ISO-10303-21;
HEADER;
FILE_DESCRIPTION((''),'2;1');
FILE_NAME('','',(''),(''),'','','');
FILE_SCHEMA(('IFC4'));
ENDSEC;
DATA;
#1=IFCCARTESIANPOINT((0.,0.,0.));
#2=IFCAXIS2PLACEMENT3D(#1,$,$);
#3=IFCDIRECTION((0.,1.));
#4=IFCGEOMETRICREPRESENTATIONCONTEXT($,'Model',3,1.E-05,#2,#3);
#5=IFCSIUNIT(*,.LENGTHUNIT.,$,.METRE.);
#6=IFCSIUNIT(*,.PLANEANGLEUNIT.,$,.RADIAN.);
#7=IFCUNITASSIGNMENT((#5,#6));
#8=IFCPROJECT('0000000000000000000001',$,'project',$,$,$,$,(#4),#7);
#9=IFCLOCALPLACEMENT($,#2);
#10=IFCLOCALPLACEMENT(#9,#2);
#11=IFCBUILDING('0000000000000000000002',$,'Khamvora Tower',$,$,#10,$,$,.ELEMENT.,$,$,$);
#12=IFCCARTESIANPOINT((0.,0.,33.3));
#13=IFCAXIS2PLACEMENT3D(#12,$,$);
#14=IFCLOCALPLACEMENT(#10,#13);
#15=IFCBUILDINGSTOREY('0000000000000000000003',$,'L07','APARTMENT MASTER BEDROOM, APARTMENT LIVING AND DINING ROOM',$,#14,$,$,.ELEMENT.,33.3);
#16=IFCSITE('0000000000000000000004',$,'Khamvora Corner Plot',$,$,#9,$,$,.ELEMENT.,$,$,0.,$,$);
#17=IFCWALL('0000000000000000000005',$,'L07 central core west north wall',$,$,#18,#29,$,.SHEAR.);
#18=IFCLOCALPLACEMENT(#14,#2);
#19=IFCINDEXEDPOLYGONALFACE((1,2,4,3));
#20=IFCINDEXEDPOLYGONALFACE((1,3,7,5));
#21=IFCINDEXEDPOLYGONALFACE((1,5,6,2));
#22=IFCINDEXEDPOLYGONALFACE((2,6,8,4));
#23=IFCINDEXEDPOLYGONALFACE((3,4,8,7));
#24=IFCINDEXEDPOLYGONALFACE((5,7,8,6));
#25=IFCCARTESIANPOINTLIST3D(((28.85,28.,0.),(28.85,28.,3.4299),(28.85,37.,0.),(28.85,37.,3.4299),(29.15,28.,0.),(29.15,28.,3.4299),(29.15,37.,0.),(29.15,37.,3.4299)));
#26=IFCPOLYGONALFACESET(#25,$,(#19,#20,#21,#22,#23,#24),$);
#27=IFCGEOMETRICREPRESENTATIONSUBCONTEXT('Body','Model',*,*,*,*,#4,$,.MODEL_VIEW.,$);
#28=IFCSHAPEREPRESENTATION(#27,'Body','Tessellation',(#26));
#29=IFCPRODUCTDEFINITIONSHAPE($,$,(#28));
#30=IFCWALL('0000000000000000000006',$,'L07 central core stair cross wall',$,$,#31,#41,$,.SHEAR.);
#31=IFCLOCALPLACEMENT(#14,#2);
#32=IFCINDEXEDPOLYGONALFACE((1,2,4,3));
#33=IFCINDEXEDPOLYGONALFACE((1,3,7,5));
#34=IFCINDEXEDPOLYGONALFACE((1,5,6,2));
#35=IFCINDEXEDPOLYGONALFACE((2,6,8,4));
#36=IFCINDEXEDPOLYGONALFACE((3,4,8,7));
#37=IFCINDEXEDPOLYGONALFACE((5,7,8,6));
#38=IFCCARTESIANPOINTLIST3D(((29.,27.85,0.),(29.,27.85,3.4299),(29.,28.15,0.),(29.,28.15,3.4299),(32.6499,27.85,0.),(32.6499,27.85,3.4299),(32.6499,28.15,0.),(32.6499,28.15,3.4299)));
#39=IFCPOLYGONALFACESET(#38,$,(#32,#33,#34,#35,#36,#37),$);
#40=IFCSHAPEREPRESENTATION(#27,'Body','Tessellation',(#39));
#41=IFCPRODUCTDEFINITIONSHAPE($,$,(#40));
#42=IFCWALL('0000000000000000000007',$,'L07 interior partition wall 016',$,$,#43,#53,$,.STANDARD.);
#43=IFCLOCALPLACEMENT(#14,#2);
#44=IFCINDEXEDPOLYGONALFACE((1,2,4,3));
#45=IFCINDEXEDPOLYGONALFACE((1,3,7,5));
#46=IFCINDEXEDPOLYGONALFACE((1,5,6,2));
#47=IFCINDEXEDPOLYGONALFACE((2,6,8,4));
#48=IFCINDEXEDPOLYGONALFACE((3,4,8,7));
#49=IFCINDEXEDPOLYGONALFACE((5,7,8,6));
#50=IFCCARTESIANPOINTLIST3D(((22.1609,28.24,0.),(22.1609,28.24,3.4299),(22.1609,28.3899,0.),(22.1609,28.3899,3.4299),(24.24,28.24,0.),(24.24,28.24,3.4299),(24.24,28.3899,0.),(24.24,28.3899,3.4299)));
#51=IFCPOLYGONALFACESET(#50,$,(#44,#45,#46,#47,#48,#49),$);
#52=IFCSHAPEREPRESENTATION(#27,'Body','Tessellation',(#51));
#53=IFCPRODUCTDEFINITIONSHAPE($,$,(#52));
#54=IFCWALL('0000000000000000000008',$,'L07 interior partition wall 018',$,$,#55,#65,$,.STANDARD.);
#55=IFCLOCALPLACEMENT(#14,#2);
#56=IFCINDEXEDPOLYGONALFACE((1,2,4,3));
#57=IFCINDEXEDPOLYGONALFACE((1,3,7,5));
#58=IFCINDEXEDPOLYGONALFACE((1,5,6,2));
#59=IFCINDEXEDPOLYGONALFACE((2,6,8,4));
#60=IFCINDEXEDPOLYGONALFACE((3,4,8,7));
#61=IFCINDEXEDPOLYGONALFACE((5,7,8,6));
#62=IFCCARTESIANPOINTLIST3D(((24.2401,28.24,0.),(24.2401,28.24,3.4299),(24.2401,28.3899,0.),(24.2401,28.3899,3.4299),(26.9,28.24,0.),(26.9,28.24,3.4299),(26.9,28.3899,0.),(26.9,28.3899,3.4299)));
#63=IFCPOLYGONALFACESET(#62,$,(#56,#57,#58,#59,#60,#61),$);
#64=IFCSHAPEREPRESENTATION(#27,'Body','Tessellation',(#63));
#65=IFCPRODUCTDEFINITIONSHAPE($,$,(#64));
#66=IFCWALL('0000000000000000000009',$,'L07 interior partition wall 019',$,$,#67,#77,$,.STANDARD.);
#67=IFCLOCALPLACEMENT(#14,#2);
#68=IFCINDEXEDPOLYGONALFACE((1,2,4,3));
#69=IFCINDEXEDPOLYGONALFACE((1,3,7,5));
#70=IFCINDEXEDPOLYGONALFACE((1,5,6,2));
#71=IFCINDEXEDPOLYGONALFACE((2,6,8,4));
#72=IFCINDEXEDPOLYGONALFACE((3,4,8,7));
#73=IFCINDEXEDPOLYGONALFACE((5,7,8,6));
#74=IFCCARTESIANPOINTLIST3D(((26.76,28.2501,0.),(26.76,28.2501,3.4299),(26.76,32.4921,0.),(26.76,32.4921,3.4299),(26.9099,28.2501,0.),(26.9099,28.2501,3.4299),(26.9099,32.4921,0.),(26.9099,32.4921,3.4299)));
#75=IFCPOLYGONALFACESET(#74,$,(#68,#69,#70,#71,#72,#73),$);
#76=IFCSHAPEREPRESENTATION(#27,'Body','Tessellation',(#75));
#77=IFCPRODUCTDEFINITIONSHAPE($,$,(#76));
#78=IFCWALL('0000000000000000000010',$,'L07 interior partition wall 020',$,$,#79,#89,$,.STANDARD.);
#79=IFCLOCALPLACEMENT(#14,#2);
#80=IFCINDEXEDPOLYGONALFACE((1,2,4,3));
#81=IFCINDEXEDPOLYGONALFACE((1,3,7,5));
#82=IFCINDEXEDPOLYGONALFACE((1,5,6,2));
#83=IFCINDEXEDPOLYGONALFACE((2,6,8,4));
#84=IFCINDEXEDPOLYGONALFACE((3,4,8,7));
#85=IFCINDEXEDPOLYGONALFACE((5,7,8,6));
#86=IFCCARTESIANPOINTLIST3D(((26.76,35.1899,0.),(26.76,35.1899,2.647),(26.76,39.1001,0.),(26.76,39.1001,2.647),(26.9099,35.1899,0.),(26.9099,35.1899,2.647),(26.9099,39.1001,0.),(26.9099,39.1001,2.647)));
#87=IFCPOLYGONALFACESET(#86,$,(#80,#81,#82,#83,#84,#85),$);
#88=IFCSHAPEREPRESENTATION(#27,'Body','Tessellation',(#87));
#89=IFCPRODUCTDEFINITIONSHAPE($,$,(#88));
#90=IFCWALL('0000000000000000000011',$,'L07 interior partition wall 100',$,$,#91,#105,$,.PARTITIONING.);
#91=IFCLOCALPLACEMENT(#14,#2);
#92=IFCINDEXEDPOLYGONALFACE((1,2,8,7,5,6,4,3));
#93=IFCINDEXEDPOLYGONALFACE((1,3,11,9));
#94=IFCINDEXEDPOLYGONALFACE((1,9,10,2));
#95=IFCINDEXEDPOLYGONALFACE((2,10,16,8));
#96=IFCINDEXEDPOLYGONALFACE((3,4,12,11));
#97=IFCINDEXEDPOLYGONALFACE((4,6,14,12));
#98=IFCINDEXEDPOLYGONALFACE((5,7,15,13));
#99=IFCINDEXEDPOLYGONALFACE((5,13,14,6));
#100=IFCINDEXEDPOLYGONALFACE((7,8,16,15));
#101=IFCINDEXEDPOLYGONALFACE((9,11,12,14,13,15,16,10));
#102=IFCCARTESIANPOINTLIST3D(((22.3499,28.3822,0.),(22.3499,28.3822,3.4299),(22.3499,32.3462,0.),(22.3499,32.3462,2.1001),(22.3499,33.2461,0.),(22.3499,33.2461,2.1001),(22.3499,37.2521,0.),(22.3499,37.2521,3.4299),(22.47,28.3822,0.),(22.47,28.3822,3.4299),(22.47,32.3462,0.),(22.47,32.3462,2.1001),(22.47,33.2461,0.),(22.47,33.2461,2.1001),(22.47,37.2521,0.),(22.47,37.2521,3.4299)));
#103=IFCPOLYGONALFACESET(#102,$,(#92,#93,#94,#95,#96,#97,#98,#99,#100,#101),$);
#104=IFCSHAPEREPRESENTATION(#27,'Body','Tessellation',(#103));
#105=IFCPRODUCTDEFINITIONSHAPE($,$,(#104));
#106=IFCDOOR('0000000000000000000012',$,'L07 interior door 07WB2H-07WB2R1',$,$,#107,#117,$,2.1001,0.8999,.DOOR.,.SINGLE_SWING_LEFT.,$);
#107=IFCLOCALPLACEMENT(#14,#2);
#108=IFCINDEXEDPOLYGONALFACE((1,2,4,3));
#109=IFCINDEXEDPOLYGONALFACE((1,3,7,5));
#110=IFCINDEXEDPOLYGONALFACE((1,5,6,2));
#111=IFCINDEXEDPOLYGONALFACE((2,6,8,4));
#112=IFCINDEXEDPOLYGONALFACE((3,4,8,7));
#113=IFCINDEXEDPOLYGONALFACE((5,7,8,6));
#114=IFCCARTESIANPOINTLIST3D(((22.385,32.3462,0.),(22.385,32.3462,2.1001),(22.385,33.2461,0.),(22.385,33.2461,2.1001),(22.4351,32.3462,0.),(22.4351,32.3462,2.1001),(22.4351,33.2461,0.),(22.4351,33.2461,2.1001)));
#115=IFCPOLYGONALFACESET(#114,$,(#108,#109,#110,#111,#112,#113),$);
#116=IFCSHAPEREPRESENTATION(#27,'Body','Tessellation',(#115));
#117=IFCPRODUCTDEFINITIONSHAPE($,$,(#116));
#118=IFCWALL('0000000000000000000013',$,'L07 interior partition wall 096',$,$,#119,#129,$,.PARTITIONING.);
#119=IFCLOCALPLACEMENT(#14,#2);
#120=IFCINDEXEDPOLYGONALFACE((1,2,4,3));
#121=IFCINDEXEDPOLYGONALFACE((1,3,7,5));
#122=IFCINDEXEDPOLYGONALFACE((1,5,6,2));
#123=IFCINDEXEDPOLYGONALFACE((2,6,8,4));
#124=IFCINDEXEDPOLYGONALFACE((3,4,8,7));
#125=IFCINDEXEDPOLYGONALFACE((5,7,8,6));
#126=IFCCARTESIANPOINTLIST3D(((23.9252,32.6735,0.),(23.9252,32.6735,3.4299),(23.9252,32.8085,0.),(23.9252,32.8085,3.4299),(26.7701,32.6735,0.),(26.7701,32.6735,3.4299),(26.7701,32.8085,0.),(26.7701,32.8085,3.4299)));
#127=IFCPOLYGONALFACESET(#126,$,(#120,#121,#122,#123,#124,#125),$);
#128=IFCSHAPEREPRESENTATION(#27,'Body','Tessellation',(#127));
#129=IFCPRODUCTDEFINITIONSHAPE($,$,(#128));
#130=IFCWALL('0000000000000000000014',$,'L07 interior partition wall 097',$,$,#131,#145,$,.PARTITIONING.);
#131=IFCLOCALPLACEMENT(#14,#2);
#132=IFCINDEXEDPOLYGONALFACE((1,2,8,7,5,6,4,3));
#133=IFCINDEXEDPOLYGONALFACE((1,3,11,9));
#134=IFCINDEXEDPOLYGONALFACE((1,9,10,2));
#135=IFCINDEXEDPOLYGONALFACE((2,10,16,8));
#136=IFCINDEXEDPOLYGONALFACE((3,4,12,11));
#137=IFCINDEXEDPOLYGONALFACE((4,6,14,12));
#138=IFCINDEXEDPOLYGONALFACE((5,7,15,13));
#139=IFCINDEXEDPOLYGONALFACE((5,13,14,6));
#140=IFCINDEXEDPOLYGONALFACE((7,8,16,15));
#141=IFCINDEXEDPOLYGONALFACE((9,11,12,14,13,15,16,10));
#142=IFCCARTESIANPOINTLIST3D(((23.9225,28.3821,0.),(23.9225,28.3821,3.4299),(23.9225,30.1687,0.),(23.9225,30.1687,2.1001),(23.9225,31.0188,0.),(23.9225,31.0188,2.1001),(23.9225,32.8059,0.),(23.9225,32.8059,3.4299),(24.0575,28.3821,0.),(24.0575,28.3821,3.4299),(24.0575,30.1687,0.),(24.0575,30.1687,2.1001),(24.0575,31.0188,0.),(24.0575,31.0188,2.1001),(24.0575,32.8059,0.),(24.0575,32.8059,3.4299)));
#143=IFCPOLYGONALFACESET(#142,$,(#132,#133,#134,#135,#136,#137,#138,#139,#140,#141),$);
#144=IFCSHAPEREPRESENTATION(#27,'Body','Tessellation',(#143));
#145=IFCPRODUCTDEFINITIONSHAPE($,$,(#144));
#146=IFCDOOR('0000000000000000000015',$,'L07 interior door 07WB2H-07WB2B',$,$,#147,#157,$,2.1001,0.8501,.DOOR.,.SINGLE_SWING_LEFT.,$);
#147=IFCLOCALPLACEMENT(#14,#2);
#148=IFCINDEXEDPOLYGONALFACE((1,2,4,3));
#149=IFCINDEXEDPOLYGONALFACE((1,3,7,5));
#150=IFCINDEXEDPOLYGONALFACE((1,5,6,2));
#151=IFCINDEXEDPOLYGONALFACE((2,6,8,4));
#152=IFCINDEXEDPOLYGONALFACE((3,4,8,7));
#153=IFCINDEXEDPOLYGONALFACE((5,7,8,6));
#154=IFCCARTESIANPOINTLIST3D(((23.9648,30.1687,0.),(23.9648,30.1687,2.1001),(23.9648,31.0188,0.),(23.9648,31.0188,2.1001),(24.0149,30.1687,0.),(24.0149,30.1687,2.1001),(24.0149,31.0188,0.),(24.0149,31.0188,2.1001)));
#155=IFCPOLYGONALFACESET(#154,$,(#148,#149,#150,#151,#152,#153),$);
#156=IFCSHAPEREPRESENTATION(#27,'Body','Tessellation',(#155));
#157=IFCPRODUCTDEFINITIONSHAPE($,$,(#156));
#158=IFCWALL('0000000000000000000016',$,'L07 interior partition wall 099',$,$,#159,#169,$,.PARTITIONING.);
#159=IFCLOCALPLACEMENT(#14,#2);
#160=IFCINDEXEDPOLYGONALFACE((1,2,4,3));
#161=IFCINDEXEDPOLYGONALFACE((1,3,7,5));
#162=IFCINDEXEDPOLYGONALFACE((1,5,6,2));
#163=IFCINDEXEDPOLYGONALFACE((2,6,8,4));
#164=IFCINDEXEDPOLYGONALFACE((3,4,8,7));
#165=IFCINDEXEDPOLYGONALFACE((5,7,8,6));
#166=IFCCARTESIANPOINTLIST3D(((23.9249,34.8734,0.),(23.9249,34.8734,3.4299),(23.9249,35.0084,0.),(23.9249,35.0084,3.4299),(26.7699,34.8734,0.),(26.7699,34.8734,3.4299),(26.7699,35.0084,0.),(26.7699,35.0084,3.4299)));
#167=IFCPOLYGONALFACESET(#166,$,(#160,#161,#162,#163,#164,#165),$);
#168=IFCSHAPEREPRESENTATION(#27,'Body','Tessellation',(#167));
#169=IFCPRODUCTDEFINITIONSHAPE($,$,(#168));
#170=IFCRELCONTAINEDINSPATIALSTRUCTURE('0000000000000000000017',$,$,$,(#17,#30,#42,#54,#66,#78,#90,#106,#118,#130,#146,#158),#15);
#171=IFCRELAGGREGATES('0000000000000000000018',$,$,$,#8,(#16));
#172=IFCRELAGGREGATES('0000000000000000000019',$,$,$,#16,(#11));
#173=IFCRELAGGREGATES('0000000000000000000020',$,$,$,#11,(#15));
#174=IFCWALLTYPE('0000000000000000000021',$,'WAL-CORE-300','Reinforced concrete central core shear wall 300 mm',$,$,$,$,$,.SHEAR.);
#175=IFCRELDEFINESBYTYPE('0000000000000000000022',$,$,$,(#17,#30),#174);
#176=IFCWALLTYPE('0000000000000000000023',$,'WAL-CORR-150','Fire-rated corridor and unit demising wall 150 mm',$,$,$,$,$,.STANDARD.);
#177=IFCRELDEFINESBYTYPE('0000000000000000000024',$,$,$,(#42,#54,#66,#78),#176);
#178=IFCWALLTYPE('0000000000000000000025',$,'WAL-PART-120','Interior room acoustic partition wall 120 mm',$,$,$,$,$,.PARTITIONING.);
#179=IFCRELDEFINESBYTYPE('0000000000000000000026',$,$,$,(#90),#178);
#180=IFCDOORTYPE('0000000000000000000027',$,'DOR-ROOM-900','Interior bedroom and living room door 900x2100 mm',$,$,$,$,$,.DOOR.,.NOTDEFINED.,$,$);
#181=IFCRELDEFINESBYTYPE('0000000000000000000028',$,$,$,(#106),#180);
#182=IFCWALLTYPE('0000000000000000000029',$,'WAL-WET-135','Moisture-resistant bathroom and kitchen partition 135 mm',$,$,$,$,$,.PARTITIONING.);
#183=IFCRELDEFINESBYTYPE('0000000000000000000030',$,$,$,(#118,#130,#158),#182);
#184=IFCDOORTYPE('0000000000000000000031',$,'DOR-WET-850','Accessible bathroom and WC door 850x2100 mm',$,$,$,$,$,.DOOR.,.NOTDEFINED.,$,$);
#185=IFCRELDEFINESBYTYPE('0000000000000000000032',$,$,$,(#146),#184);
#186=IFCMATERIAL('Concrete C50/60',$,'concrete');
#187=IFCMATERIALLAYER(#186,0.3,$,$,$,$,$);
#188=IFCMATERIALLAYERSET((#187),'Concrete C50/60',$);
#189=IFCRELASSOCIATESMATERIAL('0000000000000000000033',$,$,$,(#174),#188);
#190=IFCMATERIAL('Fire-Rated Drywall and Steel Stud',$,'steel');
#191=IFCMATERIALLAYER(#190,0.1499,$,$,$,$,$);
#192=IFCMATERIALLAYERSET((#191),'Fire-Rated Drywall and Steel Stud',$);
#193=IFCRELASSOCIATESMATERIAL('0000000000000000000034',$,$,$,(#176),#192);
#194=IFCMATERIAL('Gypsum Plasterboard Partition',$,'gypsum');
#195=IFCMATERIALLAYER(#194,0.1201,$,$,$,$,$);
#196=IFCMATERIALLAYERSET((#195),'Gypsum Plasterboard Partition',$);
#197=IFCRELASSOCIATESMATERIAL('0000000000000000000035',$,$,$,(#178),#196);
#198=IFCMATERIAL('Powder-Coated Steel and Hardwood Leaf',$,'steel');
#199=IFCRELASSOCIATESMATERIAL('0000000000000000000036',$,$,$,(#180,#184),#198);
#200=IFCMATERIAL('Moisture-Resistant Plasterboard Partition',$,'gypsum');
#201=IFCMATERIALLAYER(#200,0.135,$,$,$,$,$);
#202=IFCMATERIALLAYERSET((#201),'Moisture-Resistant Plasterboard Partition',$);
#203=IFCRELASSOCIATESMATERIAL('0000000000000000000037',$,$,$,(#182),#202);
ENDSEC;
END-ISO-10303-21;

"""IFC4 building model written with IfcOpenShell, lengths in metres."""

from ifc_helpers import new_model, si_unit, direction, frame, frame_2d, origin, place, context, subcontext, project, spatial, rectangle, extrude, material, layer, layer_set, type_object, element, fill, save


model = new_model("IFC4")

# Units and contexts
model_context = context("Model", 3, precision=1e-05, world=origin(), true_north=direction((0.0, 1.0)))
body_context = subcontext(model_context, "Body", "Model", "MODEL_VIEW")
ifc_project = project(units=[si_unit("LENGTHUNIT", "METRE"), si_unit("PLANEANGLEUNIT", "RADIAN")], contexts=[model_context])

# Site, building, storey
site_placement = place(None, origin())
site = spatial("IfcSite", under=ifc_project, at=site_placement, Name="Khamvora Corner Plot", CompositionType="ELEMENT", RefElevation=0.0)
building_placement = place(site_placement, origin())
building = spatial("IfcBuilding", under=site, at=building_placement, Name="Khamvora Tower", CompositionType="ELEMENT")
storey_placement = place(building_placement, frame((0.0, 0.0, 33.3)))
storey = spatial("IfcBuildingStorey", under=building, at=storey_placement, Name="L07", Description="APARTMENT MASTER BEDROOM, APARTMENT LIVING AND DINING ROOM", CompositionType="ELEMENT", Elevation=33.3)

# Walls
ifc_material_1 = material(Name="Concrete C50/60", Category="concrete")
ifc_layer_1 = layer(ifc_material_1, 0.3)
ifc_layer_set_1 = layer_set([ifc_layer_1], Name="Concrete C50/60")
wall_type_1 = type_object("IfcWallType", Name="WAL-CORE-300", Description="Reinforced concrete central core shear wall 300 mm", PredefinedType="SHEAR", material=ifc_layer_set_1)
wall_1_placement = place(storey_placement, frame((29.0, 28.0, 0.0), z_axis=(0.0, 0.0, 1.0), x_axis=(0.0, 1.0, 0.0)))
element("IfcWall", 1, at=wall_1_placement, inside=storey, type_object=wall_type_1, Name="L07 central core west north wall", PredefinedType="SHEAR", context=body_context, shape_type="SweptSolid", body=[
    extrude(rectangle(XDim=9.0, YDim=0.3, at=frame_2d((4.5, 0.0))), origin(), (0.0, 0.0, 1.0), 3.4299),
])
wall_2_placement = place(storey_placement, frame((29.0, 28.0, 0.0), z_axis=(0.0, 0.0, 1.0), x_axis=(1.0, 0.0, 0.0)))
element("IfcWall", 2, at=wall_2_placement, inside=storey, type_object=wall_type_1, Name="L07 central core stair cross wall", PredefinedType="SHEAR", context=body_context, shape_type="SweptSolid", body=[
    extrude(rectangle(XDim=3.6499, YDim=0.3, at=frame_2d((1.825, 0.0))), origin(), (0.0, 0.0, 1.0), 3.4299),
])
ifc_material_2 = material(Name="Fire-Rated Drywall and Steel Stud", Category="steel")
ifc_layer_2 = layer(ifc_material_2, 0.1499)
ifc_layer_set_2 = layer_set([ifc_layer_2], Name="Fire-Rated Drywall and Steel Stud")
wall_type_2 = type_object("IfcWallType", Name="WAL-CORR-150", Description="Fire-rated corridor and unit demising wall 150 mm", PredefinedType="STANDARD", material=ifc_layer_set_2)
wall_3_placement = place(storey_placement, frame((22.1609, 28.3149, 0.0), z_axis=(0.0, 0.0, 1.0), x_axis=(1.0, 0.0, 0.0)))
element("IfcWall", 3, at=wall_3_placement, inside=storey, type_object=wall_type_2, Name="L07 interior partition wall 016", PredefinedType="STANDARD", context=body_context, shape_type="SweptSolid", body=[
    extrude(rectangle(XDim=2.0791, YDim=0.1499, at=frame_2d((1.0396, 0.0))), origin(), (0.0, 0.0, 1.0), 3.4299),
])

# Shared definitions
ifc_material_3 = material(Name="Powder-Coated Steel and Hardwood Leaf", Category="steel")

# Walls
wall_4_placement = place(storey_placement, frame((24.24, 28.3149, 0.0), z_axis=(0.0, 0.0, 1.0), x_axis=(1.0, 0.0, 0.0)))
element("IfcWall", 4, at=wall_4_placement, inside=storey, type_object=wall_type_2, Name="L07 interior partition wall 018", PredefinedType="STANDARD", context=body_context, shape_type="SweptSolid", body=[
    extrude(rectangle(XDim=2.6599, YDim=0.1499, at=frame_2d((1.3301, 0.0))), origin(), (0.0, 0.0, 1.0), 3.4299),
])
wall_5_placement = place(storey_placement, frame((26.835, 28.25, 0.0), z_axis=(0.0, 0.0, 1.0), x_axis=(0.0, 1.0, 0.0)))
element("IfcWall", 5, at=wall_5_placement, inside=storey, type_object=wall_type_2, Name="L07 interior partition wall 019", PredefinedType="STANDARD", context=body_context, shape_type="SweptSolid", body=[
    extrude(rectangle(XDim=4.2419, YDim=0.1499, at=frame_2d((2.1211, 0.0))), origin(), (0.0, 0.0, 1.0), 3.4299),
])
wall_6_placement = place(storey_placement, frame((26.835, 35.1899, 0.0), z_axis=(0.0, 0.0, 1.0), x_axis=(0.0, 1.0, 0.0)))
element("IfcWall", 6, at=wall_6_placement, inside=storey, type_object=wall_type_2, Name="L07 interior partition wall 020", PredefinedType="STANDARD", context=body_context, shape_type="SweptSolid", body=[
    extrude(rectangle(XDim=3.9102, YDim=0.1499, at=frame_2d((1.9551, 0.0))), origin(), (0.0, 0.0, 1.0), 2.647),
])

# Wall, opening, door
ifc_material_4 = material(Name="Gypsum Plasterboard Partition", Category="gypsum")
ifc_layer_3 = layer(ifc_material_4, 0.1201)
ifc_layer_set_3 = layer_set([ifc_layer_3], Name="Gypsum Plasterboard Partition")
wall_type_3 = type_object("IfcWallType", Name="WAL-PART-120", Description="Interior room acoustic partition wall 120 mm", PredefinedType="PARTITIONING", material=ifc_layer_set_3)
wall_7_placement = place(storey_placement, frame((22.4099, 28.3821, 0.0), z_axis=(0.0, 0.0, 1.0), x_axis=(0.0, 1.0, 0.0)))
wall_7 = element("IfcWall", 7, at=wall_7_placement, inside=storey, type_object=wall_type_3, Name="L07 interior partition wall 100", PredefinedType="PARTITIONING", context=body_context, shape_type="SweptSolid", body=[
    extrude(rectangle(XDim=8.8699, YDim=0.1201, at=frame_2d((4.4351, 0.0))), origin(), (0.0, 0.0, 1.0), 3.4299),
])
opening_1_placement = place(wall_7_placement, frame((3.9641, 0.0, 0.0)))
opening_1 = element("IfcOpeningElement", 8, at=opening_1_placement, cuts=wall_7, PredefinedType="OPENING", context=body_context, shape_type="SweptSolid", body=[
    extrude(rectangle(XDim=0.8999, YDim=2.1001, at=frame_2d((0.45, 1.05))), frame((0.0, 0.0701, 0.0), z_axis=(0.0, -1.0, 0.0), x_axis=(1.0, 0.0, 0.0)), (0.0, 0.0, 1.0), 0.1401),
])
door_type_1 = type_object("IfcDoorType", Name="DOR-ROOM-900", Description="Interior bedroom and living room door 900x2100 mm", OperationType="NOTDEFINED", PredefinedType="DOOR", material=ifc_material_3)
door_1_placement = place(opening_1_placement, origin())
door_1 = element("IfcDoor", 9, at=door_1_placement, inside=storey, type_object=door_type_1, Name="L07 interior door 07WB2H-07WB2R1", OperationType="SINGLE_SWING_LEFT", OverallHeight=2.1001, OverallWidth=0.8999, PredefinedType="DOOR", context=body_context, shape_type="SweptSolid", body=[
    extrude(rectangle(XDim=0.8999, YDim=2.1001, at=frame_2d((0.45, 1.05))), frame((0.0, 0.0249, 0.0), z_axis=(0.0, -1.0, 0.0), x_axis=(1.0, 0.0, 0.0)), (0.0, 0.0, 1.0), 0.05),
])
fill(opening_1, door_1)

# Wall
ifc_material_5 = material(Name="Moisture-Resistant Plasterboard Partition", Category="gypsum")
ifc_layer_4 = layer(ifc_material_5, 0.135)
ifc_layer_set_4 = layer_set([ifc_layer_4], Name="Moisture-Resistant Plasterboard Partition")
wall_type_4 = type_object("IfcWallType", Name="WAL-WET-135", Description="Moisture-resistant bathroom and kitchen partition 135 mm", PredefinedType="PARTITIONING", material=ifc_layer_set_4)
wall_8_placement = place(storey_placement, frame((26.77, 32.741, 0.0), z_axis=(0.0, 0.0, 1.0), x_axis=(-1.0, 0.0, 0.0)))
element("IfcWall", 10, at=wall_8_placement, inside=storey, type_object=wall_type_4, Name="L07 interior partition wall 096", PredefinedType="PARTITIONING", context=body_context, shape_type="SweptSolid", body=[
    extrude(rectangle(XDim=2.845, YDim=0.135, at=frame_2d((1.4224, 0.0))), origin(), (0.0, 0.0, 1.0), 3.4299),
])

# Wall, opening, door
wall_9_placement = place(storey_placement, frame((23.99, 32.8059, 0.0), z_axis=(0.0, 0.0, 1.0), x_axis=(0.0, -1.0, 0.0)))
wall_9 = element("IfcWall", 11, at=wall_9_placement, inside=storey, type_object=wall_type_4, Name="L07 interior partition wall 097", PredefinedType="PARTITIONING", context=body_context, shape_type="SweptSolid", body=[
    extrude(rectangle(XDim=4.4238, YDim=0.135, at=frame_2d((2.2119, 0.0))), origin(), (0.0, 0.0, 1.0), 3.4299),
])
opening_2_placement = place(wall_9_placement, frame((1.7871, 0.0, 0.0)))
opening_2 = element("IfcOpeningElement", 12, at=opening_2_placement, cuts=wall_9, PredefinedType="OPENING", context=body_context, shape_type="SweptSolid", body=[
    extrude(rectangle(XDim=0.8501, YDim=2.1001, at=frame_2d((0.425, 1.05))), frame((0.0, 0.0774, 0.0), z_axis=(0.0, -1.0, 0.0), x_axis=(1.0, 0.0, 0.0)), (0.0, 0.0, 1.0), 0.155),
])
door_type_2 = type_object("IfcDoorType", Name="DOR-WET-850", Description="Accessible bathroom and WC door 850x2100 mm", OperationType="NOTDEFINED", PredefinedType="DOOR", material=ifc_material_3)
door_2_placement = place(opening_2_placement, origin())
door_2 = element("IfcDoor", 13, at=door_2_placement, inside=storey, type_object=door_type_2, Name="L07 interior door 07WB2H-07WB2B", OperationType="SINGLE_SWING_LEFT", OverallHeight=2.1001, OverallWidth=0.8501, PredefinedType="DOOR", context=body_context, shape_type="SweptSolid", body=[
    extrude(rectangle(XDim=0.8501, YDim=2.1001, at=frame_2d((0.425, 1.05))), frame((0.0, 0.0249, 0.0), z_axis=(0.0, -1.0, 0.0), x_axis=(1.0, 0.0, 0.0)), (0.0, 0.0, 1.0), 0.05),
])
fill(opening_2, door_2)

# Wall
wall_10_placement = place(storey_placement, frame((23.925, 34.9409, 0.0), z_axis=(0.0, 0.0, 1.0), x_axis=(1.0, 0.0, 0.0)))
element("IfcWall", 14, at=wall_10_placement, inside=storey, type_object=wall_type_4, Name="L07 interior partition wall 099", PredefinedType="PARTITIONING", context=body_context, shape_type="SweptSolid", body=[
    extrude(rectangle(XDim=2.845, YDim=0.135, at=frame_2d((1.4224, 0.0))), origin(), (0.0, 0.0, 1.0), 3.4299),
])

save(model, "model.ifc")
